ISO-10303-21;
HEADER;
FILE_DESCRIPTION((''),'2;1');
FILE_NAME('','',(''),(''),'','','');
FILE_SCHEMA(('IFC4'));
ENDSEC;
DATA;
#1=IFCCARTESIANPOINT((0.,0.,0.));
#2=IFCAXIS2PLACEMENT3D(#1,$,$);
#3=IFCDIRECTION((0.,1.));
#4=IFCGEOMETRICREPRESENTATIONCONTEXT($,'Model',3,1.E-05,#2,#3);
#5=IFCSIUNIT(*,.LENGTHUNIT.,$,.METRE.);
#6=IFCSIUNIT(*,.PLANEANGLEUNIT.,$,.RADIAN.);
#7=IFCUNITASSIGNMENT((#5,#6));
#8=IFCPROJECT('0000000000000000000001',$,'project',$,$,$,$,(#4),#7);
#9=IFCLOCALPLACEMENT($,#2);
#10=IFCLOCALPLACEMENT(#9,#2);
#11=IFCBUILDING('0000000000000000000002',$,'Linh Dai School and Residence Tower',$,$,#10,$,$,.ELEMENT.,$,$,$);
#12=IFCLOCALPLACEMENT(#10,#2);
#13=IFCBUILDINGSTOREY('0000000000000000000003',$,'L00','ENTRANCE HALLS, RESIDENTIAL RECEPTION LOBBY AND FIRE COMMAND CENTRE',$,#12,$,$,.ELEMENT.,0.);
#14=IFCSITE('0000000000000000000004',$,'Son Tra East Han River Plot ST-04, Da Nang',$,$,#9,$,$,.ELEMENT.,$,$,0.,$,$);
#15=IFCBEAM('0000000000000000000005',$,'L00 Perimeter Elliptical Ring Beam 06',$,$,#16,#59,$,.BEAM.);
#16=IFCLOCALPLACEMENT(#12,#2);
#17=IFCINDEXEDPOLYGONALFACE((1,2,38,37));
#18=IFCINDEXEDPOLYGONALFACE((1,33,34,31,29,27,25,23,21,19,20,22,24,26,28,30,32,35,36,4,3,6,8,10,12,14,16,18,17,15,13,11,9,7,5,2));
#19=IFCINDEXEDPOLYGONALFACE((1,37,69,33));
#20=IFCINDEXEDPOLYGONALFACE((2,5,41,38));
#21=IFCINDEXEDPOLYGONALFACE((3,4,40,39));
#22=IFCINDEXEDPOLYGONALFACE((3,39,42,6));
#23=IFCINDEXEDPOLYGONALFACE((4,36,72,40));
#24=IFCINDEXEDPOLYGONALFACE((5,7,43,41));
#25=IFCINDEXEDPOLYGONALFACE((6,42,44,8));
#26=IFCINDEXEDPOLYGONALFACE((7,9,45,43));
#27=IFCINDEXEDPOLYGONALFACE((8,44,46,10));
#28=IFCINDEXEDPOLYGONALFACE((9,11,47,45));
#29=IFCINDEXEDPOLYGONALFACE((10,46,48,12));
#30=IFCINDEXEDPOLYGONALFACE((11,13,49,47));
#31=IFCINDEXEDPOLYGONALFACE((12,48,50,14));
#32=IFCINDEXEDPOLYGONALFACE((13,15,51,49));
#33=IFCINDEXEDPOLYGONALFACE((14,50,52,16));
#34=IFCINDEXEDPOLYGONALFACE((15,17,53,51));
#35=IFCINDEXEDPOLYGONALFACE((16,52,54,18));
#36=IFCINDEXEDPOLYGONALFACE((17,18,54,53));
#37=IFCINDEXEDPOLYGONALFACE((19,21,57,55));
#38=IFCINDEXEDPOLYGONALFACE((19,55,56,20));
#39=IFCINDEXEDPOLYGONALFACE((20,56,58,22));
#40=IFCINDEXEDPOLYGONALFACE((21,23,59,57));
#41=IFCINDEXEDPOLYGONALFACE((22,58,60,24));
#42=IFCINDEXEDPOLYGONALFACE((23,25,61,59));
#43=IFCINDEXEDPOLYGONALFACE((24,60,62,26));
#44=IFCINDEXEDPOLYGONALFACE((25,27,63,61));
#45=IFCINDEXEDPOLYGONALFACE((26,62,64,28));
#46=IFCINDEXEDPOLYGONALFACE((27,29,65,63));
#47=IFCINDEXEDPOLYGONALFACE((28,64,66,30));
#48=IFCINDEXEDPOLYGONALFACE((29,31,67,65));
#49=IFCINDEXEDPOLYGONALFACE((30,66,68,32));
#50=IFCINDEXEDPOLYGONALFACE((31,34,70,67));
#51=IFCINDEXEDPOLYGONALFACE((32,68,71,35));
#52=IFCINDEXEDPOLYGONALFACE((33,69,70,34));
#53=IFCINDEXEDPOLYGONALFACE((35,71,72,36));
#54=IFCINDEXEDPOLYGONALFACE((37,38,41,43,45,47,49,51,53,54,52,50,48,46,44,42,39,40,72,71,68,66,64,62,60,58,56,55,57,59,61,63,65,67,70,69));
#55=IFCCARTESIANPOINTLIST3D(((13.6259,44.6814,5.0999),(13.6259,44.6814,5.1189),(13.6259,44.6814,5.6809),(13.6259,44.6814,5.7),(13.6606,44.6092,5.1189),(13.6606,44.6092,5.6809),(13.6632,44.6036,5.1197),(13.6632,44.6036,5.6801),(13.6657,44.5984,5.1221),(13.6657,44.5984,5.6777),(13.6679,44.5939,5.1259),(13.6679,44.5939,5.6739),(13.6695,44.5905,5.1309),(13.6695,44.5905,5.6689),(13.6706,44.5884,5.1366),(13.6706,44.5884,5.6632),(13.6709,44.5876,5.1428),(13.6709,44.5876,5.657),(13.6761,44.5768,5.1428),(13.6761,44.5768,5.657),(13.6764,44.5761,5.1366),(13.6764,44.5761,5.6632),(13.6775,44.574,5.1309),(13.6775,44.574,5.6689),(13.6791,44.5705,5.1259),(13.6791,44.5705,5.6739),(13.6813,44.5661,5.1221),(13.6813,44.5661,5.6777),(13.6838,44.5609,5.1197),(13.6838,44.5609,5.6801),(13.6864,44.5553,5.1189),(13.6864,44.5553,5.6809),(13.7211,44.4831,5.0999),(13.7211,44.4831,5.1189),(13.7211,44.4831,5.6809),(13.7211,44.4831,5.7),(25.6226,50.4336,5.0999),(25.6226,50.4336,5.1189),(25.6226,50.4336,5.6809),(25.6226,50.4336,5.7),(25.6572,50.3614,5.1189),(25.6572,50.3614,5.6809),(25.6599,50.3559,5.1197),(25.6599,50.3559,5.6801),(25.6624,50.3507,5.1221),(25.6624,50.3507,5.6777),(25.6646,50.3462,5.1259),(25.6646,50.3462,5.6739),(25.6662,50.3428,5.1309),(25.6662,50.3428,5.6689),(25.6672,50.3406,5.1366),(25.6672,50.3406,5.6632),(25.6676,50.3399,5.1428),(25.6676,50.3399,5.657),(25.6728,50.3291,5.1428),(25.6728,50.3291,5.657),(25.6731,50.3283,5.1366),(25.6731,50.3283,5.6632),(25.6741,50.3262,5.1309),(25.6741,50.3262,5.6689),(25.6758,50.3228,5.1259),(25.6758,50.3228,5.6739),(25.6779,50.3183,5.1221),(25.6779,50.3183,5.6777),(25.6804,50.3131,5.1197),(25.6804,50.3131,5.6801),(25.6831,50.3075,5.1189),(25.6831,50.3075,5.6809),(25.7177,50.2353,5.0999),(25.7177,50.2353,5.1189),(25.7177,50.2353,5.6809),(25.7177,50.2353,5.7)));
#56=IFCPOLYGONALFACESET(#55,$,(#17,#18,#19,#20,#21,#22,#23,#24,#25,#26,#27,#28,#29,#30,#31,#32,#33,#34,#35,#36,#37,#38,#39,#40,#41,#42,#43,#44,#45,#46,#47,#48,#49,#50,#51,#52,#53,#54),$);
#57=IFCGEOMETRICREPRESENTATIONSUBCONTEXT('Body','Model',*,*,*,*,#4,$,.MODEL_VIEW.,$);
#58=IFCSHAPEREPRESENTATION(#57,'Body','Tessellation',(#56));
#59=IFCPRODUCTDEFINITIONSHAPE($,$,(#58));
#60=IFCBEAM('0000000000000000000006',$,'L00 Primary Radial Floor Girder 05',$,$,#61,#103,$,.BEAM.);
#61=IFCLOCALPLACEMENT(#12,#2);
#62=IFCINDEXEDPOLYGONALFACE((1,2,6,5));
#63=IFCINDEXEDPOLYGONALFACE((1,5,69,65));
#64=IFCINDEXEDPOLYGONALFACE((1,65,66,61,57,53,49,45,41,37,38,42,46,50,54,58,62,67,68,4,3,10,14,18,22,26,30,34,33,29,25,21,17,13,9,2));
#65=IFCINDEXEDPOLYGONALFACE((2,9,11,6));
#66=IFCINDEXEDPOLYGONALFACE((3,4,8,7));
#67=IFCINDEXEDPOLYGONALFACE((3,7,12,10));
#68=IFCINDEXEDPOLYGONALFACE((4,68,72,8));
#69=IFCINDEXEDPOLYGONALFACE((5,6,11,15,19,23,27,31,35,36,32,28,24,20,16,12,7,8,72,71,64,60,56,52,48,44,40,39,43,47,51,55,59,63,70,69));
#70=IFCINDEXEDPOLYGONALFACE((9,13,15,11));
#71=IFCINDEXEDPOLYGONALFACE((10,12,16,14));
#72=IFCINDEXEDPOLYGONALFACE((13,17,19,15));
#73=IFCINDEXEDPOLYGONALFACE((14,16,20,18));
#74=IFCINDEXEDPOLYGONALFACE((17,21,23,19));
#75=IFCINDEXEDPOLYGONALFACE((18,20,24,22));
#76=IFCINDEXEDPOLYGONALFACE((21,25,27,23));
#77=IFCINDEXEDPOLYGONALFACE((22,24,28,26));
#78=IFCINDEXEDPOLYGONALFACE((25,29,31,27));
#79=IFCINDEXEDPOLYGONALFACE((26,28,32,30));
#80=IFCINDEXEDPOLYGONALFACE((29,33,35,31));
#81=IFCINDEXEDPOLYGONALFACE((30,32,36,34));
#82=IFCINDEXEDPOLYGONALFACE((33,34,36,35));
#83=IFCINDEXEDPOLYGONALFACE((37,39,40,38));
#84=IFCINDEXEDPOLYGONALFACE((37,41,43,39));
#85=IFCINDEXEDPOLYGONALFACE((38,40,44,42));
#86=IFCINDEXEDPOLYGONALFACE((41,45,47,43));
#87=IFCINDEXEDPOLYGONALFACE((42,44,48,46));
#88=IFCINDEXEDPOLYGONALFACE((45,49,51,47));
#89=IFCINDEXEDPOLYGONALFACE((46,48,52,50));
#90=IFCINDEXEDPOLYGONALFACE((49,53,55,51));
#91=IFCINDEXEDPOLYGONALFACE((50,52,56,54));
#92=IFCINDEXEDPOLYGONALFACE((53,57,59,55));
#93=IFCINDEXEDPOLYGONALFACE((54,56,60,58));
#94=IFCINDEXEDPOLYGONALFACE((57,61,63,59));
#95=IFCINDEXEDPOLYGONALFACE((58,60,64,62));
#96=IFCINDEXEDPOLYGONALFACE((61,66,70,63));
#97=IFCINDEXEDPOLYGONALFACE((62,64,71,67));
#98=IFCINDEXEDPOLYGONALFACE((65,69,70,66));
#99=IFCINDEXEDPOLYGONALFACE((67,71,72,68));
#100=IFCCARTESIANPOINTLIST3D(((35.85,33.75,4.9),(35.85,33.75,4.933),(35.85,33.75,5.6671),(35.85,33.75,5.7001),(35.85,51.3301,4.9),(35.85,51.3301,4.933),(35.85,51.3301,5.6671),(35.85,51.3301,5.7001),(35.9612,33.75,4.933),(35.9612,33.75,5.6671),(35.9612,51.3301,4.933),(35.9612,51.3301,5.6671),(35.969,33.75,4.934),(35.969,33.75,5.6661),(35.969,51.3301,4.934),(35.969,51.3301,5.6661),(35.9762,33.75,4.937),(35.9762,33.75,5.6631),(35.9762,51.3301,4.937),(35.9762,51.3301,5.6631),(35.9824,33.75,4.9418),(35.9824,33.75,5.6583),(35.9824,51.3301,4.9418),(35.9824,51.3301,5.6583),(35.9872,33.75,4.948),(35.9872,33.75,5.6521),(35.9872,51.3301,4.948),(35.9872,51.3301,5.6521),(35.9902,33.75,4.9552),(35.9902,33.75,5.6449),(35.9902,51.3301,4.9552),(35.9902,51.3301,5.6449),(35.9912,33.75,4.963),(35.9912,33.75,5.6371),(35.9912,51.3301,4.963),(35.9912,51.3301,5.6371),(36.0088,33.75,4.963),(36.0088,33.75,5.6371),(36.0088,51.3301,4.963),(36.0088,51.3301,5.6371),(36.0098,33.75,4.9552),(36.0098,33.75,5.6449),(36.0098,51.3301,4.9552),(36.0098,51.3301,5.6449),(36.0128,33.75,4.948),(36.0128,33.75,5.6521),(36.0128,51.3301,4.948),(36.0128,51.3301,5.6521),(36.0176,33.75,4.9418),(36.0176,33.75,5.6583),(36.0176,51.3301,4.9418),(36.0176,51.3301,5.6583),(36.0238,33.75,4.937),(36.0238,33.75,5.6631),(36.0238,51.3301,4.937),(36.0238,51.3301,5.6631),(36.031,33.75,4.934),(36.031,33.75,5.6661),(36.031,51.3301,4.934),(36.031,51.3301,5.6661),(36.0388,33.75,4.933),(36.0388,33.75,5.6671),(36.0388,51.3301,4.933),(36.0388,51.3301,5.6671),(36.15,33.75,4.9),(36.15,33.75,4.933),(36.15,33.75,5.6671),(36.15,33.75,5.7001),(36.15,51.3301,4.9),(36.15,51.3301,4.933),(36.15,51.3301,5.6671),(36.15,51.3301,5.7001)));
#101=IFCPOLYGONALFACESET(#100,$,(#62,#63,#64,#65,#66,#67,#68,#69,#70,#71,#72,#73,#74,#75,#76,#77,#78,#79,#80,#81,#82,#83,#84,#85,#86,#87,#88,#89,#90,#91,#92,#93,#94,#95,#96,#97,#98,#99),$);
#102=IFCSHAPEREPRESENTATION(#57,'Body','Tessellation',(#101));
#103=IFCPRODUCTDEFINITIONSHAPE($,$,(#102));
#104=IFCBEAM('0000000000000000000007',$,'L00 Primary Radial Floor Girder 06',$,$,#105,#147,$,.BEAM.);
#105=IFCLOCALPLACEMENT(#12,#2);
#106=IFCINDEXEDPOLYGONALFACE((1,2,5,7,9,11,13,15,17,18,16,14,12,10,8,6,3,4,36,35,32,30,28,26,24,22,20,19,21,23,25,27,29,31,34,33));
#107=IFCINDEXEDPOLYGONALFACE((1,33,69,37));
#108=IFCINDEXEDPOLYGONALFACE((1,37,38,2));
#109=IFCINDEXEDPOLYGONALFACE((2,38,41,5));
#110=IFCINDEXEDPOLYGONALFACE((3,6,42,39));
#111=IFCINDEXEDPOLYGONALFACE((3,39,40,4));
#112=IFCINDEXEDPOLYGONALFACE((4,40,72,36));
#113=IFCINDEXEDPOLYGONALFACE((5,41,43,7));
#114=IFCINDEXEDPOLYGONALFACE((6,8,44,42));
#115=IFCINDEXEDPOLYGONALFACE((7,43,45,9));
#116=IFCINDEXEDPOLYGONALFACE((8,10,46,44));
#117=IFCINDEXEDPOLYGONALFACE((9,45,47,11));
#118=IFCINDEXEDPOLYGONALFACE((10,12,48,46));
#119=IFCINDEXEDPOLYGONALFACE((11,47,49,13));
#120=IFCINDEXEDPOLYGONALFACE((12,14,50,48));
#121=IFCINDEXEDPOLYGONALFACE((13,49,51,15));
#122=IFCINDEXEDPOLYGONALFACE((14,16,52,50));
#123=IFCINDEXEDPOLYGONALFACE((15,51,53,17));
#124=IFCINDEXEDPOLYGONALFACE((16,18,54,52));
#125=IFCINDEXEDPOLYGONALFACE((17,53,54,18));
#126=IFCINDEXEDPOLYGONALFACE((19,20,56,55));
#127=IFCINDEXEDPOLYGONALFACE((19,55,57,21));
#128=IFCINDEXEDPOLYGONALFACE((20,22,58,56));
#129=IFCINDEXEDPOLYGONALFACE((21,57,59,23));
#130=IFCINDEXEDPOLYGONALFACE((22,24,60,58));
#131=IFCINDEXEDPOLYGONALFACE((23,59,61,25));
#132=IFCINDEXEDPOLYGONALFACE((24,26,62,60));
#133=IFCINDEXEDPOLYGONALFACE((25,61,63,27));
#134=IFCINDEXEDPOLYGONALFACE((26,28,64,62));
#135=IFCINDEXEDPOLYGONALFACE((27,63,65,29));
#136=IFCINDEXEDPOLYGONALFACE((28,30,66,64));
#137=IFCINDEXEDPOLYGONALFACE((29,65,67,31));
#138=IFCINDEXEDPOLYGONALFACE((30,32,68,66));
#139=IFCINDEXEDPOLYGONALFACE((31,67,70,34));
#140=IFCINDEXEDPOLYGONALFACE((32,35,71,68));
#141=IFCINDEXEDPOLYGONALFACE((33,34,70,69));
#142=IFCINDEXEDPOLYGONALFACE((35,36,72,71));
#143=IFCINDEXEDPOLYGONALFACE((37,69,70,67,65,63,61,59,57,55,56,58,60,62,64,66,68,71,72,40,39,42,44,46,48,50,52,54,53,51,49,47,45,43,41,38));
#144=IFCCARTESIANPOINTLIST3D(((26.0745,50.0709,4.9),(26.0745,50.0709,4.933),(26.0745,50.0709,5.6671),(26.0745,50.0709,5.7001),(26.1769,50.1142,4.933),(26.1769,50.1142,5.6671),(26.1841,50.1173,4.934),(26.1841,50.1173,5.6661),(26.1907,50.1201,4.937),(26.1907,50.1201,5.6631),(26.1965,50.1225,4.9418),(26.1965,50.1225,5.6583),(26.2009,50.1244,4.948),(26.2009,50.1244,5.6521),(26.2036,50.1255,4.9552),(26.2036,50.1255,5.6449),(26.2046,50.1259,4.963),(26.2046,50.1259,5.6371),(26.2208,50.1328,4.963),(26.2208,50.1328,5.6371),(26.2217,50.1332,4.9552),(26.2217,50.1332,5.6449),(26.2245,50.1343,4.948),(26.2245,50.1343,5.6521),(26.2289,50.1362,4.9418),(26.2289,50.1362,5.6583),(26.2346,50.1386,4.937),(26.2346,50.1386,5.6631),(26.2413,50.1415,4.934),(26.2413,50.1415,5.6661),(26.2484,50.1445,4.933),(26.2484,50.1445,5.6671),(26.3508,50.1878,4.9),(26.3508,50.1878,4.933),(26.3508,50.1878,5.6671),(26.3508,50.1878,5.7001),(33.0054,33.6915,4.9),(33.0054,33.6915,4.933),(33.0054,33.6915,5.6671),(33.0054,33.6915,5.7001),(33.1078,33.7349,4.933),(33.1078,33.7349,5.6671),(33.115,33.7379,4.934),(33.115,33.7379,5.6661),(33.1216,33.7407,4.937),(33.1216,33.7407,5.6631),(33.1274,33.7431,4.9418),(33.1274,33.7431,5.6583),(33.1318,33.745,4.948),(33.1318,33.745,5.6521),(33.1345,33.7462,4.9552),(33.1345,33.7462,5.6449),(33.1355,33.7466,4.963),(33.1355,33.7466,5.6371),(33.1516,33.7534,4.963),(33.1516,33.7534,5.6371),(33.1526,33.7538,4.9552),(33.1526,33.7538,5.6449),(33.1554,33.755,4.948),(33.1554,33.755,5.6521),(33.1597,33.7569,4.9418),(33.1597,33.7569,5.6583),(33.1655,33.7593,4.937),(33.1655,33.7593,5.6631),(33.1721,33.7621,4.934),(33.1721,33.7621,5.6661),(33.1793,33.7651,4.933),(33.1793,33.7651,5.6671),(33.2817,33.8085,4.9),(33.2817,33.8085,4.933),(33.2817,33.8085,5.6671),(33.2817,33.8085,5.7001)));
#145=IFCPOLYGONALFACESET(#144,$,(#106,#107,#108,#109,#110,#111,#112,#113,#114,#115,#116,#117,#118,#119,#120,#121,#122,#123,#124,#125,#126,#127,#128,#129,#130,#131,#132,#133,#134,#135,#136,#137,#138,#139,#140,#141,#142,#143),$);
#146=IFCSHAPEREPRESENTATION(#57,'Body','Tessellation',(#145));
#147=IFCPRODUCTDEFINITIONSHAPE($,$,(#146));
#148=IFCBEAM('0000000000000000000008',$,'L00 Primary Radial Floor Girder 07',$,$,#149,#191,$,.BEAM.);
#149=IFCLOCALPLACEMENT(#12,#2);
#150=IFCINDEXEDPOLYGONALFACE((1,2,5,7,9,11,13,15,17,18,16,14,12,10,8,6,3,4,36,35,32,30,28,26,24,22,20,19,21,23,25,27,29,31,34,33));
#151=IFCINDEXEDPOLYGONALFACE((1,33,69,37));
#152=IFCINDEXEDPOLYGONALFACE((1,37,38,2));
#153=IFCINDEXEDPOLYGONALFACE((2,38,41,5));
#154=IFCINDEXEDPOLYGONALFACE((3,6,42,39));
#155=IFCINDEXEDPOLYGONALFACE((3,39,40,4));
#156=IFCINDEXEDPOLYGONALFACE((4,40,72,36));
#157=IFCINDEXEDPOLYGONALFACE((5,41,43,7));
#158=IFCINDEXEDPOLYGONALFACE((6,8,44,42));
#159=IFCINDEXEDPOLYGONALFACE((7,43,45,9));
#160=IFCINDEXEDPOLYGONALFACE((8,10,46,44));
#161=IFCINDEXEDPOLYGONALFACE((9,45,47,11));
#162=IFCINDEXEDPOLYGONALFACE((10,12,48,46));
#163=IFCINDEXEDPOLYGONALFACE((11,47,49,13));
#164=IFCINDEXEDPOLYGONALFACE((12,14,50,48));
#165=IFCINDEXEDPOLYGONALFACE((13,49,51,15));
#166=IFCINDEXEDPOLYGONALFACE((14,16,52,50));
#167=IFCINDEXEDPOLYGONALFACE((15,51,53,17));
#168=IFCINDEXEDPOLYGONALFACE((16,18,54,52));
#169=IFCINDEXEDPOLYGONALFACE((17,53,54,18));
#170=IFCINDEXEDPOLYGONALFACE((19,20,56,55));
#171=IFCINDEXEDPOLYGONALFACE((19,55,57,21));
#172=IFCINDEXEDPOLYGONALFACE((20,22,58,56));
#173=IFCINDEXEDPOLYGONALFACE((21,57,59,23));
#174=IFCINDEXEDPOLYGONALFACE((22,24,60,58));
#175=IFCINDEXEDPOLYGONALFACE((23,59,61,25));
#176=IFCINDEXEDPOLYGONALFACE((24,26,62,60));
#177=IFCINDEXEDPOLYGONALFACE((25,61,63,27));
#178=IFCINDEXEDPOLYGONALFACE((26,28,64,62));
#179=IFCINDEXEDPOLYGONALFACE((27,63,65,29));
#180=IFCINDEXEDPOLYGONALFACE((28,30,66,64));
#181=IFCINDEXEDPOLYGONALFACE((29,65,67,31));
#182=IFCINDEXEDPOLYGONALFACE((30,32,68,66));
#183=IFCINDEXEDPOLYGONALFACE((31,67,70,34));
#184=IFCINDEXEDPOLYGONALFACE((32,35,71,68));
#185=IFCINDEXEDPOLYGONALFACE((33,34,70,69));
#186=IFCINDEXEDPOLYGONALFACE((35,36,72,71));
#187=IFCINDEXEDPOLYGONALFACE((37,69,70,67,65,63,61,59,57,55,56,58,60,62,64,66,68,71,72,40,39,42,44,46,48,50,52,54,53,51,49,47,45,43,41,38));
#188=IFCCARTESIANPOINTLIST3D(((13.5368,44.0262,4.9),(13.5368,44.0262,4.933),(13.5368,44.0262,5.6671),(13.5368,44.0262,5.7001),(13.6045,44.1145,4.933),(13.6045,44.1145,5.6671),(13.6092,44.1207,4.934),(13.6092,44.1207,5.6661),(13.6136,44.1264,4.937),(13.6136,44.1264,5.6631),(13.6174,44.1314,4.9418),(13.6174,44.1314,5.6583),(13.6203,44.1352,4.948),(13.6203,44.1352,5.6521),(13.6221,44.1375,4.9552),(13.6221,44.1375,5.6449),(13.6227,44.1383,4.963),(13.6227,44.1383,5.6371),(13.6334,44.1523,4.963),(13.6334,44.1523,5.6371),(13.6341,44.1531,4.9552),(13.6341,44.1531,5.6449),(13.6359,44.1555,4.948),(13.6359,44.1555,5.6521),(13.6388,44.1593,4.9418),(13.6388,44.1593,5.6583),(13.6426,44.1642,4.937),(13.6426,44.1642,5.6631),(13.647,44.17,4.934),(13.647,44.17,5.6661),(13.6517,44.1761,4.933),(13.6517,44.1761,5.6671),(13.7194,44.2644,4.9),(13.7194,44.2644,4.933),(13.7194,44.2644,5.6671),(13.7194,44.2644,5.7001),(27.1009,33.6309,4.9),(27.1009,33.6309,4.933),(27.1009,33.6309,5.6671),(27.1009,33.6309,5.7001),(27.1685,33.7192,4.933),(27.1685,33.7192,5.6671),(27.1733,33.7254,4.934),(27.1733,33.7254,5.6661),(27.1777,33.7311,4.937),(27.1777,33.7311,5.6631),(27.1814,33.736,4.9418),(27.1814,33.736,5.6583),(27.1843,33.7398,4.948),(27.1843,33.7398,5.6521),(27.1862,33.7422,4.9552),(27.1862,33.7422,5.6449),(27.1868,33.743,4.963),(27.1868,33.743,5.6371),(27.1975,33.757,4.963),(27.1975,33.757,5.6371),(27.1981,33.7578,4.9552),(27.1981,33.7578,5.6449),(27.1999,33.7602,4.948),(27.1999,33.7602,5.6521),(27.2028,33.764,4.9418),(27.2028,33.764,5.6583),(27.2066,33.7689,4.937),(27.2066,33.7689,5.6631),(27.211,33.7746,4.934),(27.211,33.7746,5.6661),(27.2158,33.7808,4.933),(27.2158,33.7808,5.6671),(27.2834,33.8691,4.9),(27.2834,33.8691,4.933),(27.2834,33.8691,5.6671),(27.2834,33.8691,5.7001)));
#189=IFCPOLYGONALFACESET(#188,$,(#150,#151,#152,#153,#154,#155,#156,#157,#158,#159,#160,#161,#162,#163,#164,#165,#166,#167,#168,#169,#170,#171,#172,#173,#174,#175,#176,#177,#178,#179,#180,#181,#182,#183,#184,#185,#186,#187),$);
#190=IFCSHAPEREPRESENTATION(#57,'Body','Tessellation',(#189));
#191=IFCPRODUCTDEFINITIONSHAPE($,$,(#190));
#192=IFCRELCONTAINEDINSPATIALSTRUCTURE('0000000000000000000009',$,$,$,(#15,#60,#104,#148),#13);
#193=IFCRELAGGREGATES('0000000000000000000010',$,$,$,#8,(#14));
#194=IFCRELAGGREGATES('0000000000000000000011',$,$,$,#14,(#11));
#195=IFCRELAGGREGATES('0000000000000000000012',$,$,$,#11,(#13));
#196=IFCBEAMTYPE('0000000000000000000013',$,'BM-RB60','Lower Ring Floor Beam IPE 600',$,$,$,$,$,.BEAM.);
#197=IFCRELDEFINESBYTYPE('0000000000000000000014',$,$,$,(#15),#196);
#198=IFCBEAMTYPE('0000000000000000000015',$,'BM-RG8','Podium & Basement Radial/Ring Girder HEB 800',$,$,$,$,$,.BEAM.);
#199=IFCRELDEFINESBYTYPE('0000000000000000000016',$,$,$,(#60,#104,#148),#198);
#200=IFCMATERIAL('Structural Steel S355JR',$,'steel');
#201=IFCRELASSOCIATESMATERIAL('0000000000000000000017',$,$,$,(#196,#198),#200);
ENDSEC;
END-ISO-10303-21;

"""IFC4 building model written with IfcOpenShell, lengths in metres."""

from ifc_helpers import new_model, si_unit, direction, frame, origin, origin_2d, place, context, subcontext, project, spatial, i_section, extrude, material, material_profile, profile_set, type_object, element, save


model = new_model("IFC4")

# Units and contexts
model_context = context("Model", 3, precision=1e-05, world=origin(), true_north=direction((0.0, 1.0)))
body_context = subcontext(model_context, "Body", "Model", "MODEL_VIEW")
ifc_project = project(units=[si_unit("LENGTHUNIT", "METRE"), si_unit("PLANEANGLEUNIT", "RADIAN")], contexts=[model_context])

# Site, building, storey
site_placement = place(None, origin())
site = spatial("IfcSite", under=ifc_project, at=site_placement, Name="Son Tra East Han River Plot ST-04, Da Nang", CompositionType="ELEMENT", RefElevation=0.0)
building_placement = place(site_placement, origin())
building = spatial("IfcBuilding", under=site, at=building_placement, Name="Linh Dai School and Residence Tower", CompositionType="ELEMENT")
storey_placement = place(building_placement, origin())
storey = spatial("IfcBuildingStorey", under=building, at=storey_placement, Name="L00", Description="ENTRANCE HALLS, RESIDENTIAL RECEPTION LOBBY AND FIRE COMMAND CENTRE", CompositionType="ELEMENT", Elevation=0.0)

# Shared definitions
ifc_material_1 = material(Name="Structural Steel S355JR", Category="steel")

# Beams
ifc_material_profile_1 = material_profile(ifc_material_1, i_section(OverallWidth=0.22, OverallDepth=0.6001, WebThickness=0.012, FlangeThickness=0.019, FilletRadius=0.0239, at=origin_2d()), Name="IPE 600")
ifc_profile_set_1 = profile_set([ifc_material_profile_1], Name="Structural Steel S355JR")
beam_type_1 = type_object("IfcBeamType", Name="BM-RB60", Description="Lower Ring Floor Beam IPE 600", PredefinedType="BEAM", material=ifc_profile_set_1)
beam_1_placement = place(storey_placement, frame((25.6702, 50.3345, 5.3999), z_axis=(-0.901704, -0.432355, 0.0), x_axis=(0.432355, -0.901704, 0.0)))
element("IfcBeam", 1, at=beam_1_placement, inside=storey, type_object=beam_type_1, Name="L00 Perimeter Elliptical Ring Beam 06", PredefinedType="BEAM", context=body_context, shape_type="SweptSolid", body=[
    extrude(i_section(OverallWidth=0.22, OverallDepth=0.6001, WebThickness=0.012, FlangeThickness=0.019, FilletRadius=0.0239, at=origin_2d()), origin(), (0.0, 0.0, 1.0), 13.3044),
])
ifc_material_profile_2 = material_profile(ifc_material_1, i_section(OverallWidth=0.3, OverallDepth=0.8, WebThickness=0.0176, FlangeThickness=0.033, FilletRadius=0.03, at=origin_2d()), Name="HEB 800")
ifc_profile_set_2 = profile_set([ifc_material_profile_2], Name="Structural Steel S355JR")
beam_type_2 = type_object("IfcBeamType", Name="BM-RG8", Description="Podium & Basement Radial/Ring Girder HEB 800", PredefinedType="BEAM", material=ifc_profile_set_2)
beam_2_placement = place(storey_placement, frame((36.0, 33.75, 5.3), z_axis=(0.0, 1.0, 0.0), x_axis=(-1.0, 0.0, 0.0)))
element("IfcBeam", 2, at=beam_2_placement, inside=storey, type_object=beam_type_2, Name="L00 Primary Radial Floor Girder 05", PredefinedType="BEAM", context=body_context, shape_type="SweptSolid", body=[
    extrude(i_section(OverallWidth=0.3, OverallDepth=0.8, WebThickness=0.0176, FlangeThickness=0.033, FilletRadius=0.03, at=origin_2d()), origin(), (0.0, 0.0, 1.0), 17.5801),
])
beam_3_placement = place(storey_placement, frame((33.1436, 33.75, 5.3), z_axis=(-0.389696, 0.920944, 0.0), x_axis=(-0.920944, -0.389696, 0.0)))
element("IfcBeam", 3, at=beam_3_placement, inside=storey, type_object=beam_type_2, Name="L00 Primary Radial Floor Girder 06", PredefinedType="BEAM", context=body_context, shape_type="SweptSolid", body=[
    extrude(i_section(OverallWidth=0.3, OverallDepth=0.8, WebThickness=0.0176, FlangeThickness=0.033, FilletRadius=0.03, at=origin_2d()), origin(), (0.0, 0.0, 1.0), 17.7854),
])
beam_4_placement = place(storey_placement, frame((27.1921, 33.75, 5.3), z_axis=(-0.793713, 0.608292, 0.0), x_axis=(-0.608292, -0.793713, 0.0)))
element("IfcBeam", 4, at=beam_4_placement, inside=storey, type_object=beam_type_2, Name="L00 Primary Radial Floor Girder 07", PredefinedType="BEAM", context=body_context, shape_type="SweptSolid", body=[
    extrude(i_section(OverallWidth=0.3, OverallDepth=0.8, WebThickness=0.0176, FlangeThickness=0.033, FilletRadius=0.03, at=origin_2d()), origin(), (0.0, 0.0, 1.0), 17.0894),
])

save(model, "model.ifc")
